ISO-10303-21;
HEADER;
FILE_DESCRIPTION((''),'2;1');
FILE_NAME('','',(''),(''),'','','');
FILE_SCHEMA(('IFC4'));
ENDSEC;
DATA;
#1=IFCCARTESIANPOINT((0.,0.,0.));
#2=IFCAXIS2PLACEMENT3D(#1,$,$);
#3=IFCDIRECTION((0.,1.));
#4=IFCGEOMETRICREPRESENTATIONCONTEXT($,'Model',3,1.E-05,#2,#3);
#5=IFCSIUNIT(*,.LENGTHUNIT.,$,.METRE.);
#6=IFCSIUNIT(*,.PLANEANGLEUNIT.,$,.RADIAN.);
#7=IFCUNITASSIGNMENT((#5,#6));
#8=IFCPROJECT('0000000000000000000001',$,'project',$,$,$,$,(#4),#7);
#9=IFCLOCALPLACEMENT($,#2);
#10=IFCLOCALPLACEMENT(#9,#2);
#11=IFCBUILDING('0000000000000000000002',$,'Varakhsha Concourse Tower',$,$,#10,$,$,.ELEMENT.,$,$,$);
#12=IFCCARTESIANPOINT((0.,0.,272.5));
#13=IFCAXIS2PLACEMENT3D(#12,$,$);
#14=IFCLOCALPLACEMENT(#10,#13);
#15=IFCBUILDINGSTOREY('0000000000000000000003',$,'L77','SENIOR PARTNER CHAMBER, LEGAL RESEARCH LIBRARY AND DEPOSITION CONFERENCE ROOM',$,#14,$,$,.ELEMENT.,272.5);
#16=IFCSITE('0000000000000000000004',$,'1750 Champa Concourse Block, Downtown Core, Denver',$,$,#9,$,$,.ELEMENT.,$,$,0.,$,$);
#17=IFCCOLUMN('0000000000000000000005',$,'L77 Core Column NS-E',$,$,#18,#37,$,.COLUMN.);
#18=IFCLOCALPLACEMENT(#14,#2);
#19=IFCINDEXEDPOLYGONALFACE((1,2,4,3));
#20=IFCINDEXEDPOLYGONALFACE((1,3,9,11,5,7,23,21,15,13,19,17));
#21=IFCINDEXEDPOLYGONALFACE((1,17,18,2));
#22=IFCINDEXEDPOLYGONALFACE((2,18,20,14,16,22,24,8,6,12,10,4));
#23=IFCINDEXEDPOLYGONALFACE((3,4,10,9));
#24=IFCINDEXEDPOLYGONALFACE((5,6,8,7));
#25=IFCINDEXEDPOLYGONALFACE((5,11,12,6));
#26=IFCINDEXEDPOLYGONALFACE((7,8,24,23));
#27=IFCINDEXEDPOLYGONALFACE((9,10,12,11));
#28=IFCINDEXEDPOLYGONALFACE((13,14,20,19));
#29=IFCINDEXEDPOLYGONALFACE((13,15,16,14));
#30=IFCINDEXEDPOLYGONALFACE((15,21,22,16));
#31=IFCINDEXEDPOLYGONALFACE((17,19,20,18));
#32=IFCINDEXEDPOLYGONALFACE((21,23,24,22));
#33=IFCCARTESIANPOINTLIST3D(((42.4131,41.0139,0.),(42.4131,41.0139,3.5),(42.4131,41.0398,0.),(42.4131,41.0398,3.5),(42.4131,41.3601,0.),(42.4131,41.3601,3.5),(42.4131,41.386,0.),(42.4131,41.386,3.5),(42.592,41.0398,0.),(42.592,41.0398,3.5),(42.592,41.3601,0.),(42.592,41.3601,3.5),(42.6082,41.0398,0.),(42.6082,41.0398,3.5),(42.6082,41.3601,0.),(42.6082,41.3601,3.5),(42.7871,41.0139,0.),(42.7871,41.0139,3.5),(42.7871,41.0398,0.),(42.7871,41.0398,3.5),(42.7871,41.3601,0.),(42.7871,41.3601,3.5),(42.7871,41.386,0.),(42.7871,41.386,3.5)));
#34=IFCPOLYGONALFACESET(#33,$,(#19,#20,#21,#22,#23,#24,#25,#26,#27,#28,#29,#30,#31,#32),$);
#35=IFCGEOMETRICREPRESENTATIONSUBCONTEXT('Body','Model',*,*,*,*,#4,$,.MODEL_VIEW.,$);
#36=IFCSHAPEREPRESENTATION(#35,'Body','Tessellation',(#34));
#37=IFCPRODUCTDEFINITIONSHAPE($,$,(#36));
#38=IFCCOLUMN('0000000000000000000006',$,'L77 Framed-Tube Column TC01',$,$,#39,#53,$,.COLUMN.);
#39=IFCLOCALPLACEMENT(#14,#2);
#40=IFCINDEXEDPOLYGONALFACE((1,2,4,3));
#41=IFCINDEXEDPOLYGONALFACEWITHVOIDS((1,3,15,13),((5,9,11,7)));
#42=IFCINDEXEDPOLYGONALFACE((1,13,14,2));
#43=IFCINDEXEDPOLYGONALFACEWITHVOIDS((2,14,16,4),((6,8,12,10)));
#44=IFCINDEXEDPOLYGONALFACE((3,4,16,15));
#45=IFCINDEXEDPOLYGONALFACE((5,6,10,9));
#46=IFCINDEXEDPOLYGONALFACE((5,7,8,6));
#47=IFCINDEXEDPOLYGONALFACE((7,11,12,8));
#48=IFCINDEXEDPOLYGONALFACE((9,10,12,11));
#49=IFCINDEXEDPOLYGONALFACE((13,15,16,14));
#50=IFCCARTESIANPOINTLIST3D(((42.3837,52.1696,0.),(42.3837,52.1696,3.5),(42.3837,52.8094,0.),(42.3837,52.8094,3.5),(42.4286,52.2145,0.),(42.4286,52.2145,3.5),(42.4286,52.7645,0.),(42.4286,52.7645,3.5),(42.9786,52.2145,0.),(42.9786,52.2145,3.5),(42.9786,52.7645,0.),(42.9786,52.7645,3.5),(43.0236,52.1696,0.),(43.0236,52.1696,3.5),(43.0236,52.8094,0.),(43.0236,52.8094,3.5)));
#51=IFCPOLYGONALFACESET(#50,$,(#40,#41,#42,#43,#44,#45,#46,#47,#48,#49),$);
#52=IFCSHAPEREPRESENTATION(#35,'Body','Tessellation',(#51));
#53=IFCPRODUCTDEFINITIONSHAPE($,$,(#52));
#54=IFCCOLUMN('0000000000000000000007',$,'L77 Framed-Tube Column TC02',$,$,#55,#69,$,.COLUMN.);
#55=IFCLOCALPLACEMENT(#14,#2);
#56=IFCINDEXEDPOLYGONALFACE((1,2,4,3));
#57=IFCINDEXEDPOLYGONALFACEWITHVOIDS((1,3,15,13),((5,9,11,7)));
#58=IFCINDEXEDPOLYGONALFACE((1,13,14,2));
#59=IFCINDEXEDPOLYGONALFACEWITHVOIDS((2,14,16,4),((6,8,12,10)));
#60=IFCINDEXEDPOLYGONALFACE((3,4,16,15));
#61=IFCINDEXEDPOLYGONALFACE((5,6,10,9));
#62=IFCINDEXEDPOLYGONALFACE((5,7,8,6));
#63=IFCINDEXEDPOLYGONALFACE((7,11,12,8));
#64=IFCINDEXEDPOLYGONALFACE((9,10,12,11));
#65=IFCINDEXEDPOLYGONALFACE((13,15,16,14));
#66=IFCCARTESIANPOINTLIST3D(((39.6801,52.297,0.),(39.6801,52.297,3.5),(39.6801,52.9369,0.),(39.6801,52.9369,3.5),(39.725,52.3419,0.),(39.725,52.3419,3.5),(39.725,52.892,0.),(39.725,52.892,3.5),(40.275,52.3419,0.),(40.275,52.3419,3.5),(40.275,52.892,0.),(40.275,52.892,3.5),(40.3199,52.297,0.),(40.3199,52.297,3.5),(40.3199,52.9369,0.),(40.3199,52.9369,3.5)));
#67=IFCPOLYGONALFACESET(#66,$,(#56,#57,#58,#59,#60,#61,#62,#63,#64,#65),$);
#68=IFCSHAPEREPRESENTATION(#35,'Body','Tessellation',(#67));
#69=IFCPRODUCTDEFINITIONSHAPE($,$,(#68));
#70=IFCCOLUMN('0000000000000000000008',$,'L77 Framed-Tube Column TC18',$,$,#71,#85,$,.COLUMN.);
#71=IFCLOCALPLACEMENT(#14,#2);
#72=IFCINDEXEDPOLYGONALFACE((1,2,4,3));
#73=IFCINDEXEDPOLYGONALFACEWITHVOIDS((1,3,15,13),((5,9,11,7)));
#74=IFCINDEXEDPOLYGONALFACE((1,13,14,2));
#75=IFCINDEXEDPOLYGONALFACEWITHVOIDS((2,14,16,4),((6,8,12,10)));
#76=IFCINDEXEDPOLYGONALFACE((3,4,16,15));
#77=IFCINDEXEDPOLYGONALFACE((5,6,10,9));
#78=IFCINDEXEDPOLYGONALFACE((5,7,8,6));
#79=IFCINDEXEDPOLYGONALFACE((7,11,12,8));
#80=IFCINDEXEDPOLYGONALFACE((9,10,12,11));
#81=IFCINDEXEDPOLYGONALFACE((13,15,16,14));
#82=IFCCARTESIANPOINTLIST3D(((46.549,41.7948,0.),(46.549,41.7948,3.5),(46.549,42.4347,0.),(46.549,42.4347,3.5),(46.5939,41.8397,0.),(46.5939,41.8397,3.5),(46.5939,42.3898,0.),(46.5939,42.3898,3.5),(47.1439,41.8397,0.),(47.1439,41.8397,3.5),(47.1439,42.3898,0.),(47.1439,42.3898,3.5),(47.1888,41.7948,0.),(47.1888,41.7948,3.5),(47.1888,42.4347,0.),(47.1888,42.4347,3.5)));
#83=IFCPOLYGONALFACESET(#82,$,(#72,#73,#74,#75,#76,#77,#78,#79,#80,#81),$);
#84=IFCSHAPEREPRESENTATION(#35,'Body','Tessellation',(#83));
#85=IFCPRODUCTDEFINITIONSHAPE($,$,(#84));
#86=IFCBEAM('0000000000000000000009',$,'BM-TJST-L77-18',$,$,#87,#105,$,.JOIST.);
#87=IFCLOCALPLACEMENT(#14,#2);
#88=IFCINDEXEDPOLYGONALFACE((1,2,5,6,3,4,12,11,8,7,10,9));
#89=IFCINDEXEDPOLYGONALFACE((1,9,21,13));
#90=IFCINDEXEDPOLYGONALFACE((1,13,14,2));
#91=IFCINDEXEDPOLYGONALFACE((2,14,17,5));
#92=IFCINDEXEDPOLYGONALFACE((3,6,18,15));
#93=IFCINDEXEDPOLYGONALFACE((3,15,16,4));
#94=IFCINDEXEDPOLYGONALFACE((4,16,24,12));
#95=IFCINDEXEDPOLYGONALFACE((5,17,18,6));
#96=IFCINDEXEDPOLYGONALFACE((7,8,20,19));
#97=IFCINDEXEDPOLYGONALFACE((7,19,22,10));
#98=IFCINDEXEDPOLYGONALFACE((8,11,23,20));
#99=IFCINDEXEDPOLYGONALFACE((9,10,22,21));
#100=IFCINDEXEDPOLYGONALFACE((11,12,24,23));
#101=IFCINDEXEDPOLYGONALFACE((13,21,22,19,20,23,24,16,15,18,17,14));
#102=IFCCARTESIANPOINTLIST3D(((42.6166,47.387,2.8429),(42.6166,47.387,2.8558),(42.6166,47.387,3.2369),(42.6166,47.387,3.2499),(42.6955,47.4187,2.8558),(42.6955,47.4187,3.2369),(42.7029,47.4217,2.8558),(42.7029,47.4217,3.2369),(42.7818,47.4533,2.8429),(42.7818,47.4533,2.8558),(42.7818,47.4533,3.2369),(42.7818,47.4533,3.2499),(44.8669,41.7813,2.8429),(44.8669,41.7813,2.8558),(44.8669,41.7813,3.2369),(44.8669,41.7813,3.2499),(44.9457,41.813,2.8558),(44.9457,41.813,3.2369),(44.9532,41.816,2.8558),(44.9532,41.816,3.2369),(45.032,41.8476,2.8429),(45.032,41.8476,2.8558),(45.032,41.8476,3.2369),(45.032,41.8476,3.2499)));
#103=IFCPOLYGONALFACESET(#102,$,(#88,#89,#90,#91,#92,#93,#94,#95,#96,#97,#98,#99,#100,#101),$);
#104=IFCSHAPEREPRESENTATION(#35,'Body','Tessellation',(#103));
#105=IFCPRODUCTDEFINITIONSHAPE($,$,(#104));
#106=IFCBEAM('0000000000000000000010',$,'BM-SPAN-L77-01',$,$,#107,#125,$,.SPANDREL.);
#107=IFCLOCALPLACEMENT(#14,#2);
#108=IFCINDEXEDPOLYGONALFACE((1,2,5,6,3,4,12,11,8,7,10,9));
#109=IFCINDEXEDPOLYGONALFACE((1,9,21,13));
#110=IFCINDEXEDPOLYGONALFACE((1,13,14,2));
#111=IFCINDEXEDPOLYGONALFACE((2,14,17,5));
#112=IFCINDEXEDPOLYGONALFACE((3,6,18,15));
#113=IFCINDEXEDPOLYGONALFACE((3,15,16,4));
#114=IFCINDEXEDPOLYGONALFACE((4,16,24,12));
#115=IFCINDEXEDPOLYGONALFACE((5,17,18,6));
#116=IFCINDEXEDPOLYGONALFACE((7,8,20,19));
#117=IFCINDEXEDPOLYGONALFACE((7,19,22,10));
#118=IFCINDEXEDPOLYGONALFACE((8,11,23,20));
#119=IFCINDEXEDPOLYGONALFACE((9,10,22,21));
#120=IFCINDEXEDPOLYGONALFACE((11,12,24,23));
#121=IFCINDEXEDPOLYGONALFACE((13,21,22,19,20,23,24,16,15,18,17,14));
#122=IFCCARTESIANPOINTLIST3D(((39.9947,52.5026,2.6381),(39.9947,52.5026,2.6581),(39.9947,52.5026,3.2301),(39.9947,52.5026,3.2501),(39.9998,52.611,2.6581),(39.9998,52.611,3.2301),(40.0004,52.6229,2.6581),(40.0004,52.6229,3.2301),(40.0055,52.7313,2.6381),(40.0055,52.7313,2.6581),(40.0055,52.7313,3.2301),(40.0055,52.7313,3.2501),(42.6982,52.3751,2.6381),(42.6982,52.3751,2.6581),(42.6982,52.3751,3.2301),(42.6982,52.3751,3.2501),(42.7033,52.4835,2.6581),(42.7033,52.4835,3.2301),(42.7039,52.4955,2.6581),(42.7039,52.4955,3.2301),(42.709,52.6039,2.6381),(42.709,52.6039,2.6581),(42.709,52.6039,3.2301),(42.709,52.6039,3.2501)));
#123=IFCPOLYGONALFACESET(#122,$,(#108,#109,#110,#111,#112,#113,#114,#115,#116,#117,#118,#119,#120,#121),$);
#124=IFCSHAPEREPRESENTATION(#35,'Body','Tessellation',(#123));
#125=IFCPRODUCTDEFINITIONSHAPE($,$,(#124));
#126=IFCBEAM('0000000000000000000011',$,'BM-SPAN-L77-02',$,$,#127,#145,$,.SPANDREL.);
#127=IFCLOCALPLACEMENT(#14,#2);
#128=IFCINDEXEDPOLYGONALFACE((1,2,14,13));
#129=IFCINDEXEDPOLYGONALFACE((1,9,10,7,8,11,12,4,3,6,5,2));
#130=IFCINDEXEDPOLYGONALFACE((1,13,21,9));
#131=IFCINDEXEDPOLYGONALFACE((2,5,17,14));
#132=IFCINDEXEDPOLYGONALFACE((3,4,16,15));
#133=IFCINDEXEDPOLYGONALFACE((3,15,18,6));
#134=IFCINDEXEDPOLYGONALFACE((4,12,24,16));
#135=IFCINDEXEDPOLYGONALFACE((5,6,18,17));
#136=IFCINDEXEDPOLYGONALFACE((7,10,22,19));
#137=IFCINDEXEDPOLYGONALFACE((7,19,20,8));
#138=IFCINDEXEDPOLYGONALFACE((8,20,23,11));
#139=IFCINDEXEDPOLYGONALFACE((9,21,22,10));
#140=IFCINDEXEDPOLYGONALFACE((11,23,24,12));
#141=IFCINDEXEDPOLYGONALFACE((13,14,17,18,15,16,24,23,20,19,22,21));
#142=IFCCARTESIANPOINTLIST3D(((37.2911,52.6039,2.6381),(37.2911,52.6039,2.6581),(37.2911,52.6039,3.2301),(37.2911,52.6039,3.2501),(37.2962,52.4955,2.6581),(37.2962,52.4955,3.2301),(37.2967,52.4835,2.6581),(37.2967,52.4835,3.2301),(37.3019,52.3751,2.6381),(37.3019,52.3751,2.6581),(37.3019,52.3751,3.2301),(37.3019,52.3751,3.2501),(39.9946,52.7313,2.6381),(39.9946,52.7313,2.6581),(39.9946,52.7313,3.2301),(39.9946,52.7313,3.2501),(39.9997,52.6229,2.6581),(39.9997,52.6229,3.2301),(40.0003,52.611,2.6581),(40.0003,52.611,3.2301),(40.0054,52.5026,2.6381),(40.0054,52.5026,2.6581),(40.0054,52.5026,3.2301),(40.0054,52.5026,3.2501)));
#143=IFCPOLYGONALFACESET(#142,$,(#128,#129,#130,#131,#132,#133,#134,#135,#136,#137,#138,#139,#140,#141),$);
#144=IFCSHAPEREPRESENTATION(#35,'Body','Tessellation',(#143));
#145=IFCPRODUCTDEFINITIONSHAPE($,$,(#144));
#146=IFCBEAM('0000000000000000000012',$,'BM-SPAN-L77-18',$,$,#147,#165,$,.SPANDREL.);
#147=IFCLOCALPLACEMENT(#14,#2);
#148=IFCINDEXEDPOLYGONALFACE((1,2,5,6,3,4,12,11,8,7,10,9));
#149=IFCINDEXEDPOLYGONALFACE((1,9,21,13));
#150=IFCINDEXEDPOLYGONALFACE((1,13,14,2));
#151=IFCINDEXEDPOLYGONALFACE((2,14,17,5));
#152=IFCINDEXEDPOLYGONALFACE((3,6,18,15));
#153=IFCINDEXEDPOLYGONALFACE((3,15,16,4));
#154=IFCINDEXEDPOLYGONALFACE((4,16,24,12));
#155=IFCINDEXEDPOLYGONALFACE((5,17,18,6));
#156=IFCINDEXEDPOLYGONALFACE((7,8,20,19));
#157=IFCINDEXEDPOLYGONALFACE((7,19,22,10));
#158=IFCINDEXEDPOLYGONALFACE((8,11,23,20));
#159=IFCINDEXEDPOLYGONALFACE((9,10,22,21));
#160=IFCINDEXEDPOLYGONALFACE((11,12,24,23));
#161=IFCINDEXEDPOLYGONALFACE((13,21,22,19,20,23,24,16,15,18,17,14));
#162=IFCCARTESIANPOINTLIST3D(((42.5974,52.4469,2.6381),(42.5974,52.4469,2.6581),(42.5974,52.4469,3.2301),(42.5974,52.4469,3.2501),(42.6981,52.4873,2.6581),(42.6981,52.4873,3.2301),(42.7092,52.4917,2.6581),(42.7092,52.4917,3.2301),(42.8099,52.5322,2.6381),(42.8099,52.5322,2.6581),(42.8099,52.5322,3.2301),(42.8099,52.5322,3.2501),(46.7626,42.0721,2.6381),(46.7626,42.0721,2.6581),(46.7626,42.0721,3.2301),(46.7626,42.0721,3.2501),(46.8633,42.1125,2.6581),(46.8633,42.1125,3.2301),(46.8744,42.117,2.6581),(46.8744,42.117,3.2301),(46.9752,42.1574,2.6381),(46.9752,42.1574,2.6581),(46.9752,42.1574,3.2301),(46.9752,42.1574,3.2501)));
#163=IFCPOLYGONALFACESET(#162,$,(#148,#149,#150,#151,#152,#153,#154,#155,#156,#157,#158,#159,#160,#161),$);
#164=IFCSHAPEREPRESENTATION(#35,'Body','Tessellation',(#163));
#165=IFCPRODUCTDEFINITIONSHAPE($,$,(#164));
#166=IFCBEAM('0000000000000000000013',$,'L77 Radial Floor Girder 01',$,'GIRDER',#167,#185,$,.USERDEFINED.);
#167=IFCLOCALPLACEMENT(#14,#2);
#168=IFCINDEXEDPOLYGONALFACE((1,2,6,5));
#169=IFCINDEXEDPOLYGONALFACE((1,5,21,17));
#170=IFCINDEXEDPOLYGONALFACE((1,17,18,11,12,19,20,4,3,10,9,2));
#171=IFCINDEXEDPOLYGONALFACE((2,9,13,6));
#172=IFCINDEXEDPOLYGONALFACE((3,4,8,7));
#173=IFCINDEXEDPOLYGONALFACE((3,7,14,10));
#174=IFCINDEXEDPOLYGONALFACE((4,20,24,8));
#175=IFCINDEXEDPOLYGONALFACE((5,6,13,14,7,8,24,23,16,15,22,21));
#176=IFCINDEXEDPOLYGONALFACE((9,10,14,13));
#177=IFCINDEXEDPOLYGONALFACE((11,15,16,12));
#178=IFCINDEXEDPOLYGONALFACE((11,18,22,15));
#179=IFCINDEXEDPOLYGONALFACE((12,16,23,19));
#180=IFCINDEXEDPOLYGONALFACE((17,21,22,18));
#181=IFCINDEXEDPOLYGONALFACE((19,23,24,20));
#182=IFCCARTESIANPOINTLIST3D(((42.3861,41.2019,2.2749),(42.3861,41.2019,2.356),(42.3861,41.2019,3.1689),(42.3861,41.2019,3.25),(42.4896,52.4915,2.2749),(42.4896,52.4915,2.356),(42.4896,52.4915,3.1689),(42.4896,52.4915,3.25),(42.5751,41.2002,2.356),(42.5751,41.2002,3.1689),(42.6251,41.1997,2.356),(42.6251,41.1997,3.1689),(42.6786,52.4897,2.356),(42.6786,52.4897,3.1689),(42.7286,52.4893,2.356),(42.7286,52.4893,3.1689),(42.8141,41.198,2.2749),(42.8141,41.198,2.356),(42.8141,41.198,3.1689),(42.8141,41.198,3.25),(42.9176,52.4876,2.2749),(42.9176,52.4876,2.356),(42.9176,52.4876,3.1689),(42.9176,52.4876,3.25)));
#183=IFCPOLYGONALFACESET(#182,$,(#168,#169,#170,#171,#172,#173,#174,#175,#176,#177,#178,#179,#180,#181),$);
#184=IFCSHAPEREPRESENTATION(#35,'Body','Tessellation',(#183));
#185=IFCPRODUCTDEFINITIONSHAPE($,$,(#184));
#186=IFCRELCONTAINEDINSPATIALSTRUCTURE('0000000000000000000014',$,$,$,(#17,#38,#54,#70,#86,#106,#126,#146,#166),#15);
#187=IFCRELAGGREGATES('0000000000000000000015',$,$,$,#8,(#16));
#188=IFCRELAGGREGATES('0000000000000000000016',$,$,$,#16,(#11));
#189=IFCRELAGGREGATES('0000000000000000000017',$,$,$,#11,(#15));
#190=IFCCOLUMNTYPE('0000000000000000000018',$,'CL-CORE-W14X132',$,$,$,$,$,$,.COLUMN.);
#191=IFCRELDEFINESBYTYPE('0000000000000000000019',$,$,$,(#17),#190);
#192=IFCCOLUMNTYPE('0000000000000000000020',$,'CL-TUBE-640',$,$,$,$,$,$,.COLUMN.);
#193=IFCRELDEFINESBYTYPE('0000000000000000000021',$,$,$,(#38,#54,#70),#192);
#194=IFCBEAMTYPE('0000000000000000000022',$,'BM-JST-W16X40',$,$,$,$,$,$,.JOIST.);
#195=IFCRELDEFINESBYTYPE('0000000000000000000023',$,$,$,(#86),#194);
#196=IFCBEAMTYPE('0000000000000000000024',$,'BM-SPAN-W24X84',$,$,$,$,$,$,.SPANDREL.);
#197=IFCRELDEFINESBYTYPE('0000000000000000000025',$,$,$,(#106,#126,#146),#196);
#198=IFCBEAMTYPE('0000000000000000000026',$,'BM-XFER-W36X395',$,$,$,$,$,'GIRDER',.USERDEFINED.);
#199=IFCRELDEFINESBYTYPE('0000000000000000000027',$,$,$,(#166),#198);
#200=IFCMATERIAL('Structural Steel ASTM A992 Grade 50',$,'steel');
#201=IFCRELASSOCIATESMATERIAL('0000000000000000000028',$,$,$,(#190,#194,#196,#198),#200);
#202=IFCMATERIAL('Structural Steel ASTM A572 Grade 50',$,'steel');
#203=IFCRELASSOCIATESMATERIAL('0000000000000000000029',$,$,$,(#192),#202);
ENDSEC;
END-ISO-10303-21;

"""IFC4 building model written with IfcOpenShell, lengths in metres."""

from ifc_helpers import new_model, si_unit, direction, frame, origin, origin_2d, place, context, subcontext, project, spatial, hollow_rectangle, i_section, extrude, material, material_profile, profile_set, type_object, element, save


model = new_model("IFC4")

# Units and contexts
model_context = context("Model", 3, precision=1e-05, world=origin(), true_north=direction((0.0, 1.0)))
body_context = subcontext(model_context, "Body", "Model", "MODEL_VIEW")
ifc_project = project(units=[si_unit("LENGTHUNIT", "METRE"), si_unit("PLANEANGLEUNIT", "RADIAN")], contexts=[model_context])

# Site, building, storey
site_placement = place(None, origin())
site = spatial("IfcSite", under=ifc_project, at=site_placement, Name="1750 Champa Concourse Block, Downtown Core, Denver", CompositionType="ELEMENT", RefElevation=0.0)
building_placement = place(site_placement, origin())
building = spatial("IfcBuilding", under=site, at=building_placement, Name="Varakhsha Concourse Tower", CompositionType="ELEMENT")
storey_placement = place(building_placement, frame((0.0, 0.0, 272.5)))
storey = spatial("IfcBuildingStorey", under=building, at=storey_placement, Name="L77", Description="SENIOR PARTNER CHAMBER, LEGAL RESEARCH LIBRARY AND DEPOSITION CONFERENCE ROOM", CompositionType="ELEMENT", Elevation=272.5)

# Columns
ifc_material_1 = material(Name="Structural Steel ASTM A992 Grade 50", Category="steel")
ifc_material_profile_1 = material_profile(ifc_material_1, i_section(OverallWidth=0.374, OverallDepth=0.3721, WebThickness=0.0161, FlangeThickness=0.0259, at=origin_2d()), Name="W14X132")
ifc_profile_set_1 = profile_set([ifc_material_profile_1], Name="Structural Steel ASTM A992 Grade 50")
column_type_1 = type_object("IfcColumnType", Name="CL-CORE-W14X132", PredefinedType="COLUMN", material=ifc_profile_set_1)
column_placement = place(storey_placement, frame((42.6001, 41.2, 0.0), z_axis=(0.0, 0.0, 1.0), x_axis=(1.0, 0.0, 0.0)))
element("IfcColumn", 1, at=column_placement, inside=storey, type_object=column_type_1, Name="L77 Core Column NS-E", PredefinedType="COLUMN", context=body_context, shape_type="SweptSolid", body=[
    extrude(i_section(OverallWidth=0.374, OverallDepth=0.3721, WebThickness=0.0161, FlangeThickness=0.0259, at=origin_2d()), origin(), (0.0, 0.0, 1.0), 3.5),
])
ifc_material_2 = material(Name="Structural Steel ASTM A572 Grade 50", Category="steel")
ifc_material_profile_2 = material_profile(ifc_material_2, hollow_rectangle(XDim=0.6399, YDim=0.6399, WallThickness=0.0449, at=origin_2d()), Name="BOX 640x640x45")
ifc_profile_set_2 = profile_set([ifc_material_profile_2], Name="Structural Steel ASTM A572 Grade 50")
column_type_2 = type_object("IfcColumnType", Name="CL-TUBE-640", PredefinedType="COLUMN", material=ifc_profile_set_2)
for number, where, z_axis, x_axis, name in (
    (2, (42.7036, 52.4895, 0.0), (0.0, 0.0, 1.0), (1.0, 0.0, 0.0), "L77 Framed-Tube Column TC01"),
    (3, (40.0, 52.6169, 0.0), (0.0, 0.0, 1.0), (1.0, 0.0, 0.0), "L77 Framed-Tube Column TC02"),
    (4, (46.8689, 42.1147, 0.0), (0.0, 0.0, 1.0), (1.0, 0.0, 0.0), "L77 Framed-Tube Column TC18"),
):
    element("IfcColumn", number, at=place(storey_placement, frame(where, z_axis=z_axis, x_axis=x_axis)), inside=storey, type_object=column_type_2, Name=name, PredefinedType="COLUMN", context=body_context, shape_type="SweptSolid", body=[
        extrude(hollow_rectangle(XDim=0.6399, YDim=0.6399, WallThickness=0.0449, at=origin_2d()), origin(), (0.0, 0.0, 1.0), 3.5),
    ])

# Beams
ifc_material_profile_3 = material_profile(ifc_material_1, i_section(OverallWidth=0.178, OverallDepth=0.407, WebThickness=0.0081, FlangeThickness=0.0129, at=origin_2d()), Name="W16X40")
ifc_profile_set_3 = profile_set([ifc_material_profile_3], Name="Structural Steel ASTM A992 Grade 50")
beam_type_1 = type_object("IfcBeamType", Name="BM-JST-W16X40", PredefinedType="JOIST", material=ifc_profile_set_3)
beam_1_placement = place(storey_placement, frame((44.9495, 41.8145, 3.0464), z_axis=(-0.372526, 0.928022, 0.0), x_axis=(-0.928022, -0.372526, 0.0)))
element("IfcBeam", 5, at=beam_1_placement, inside=storey, type_object=beam_type_1, Name="BM-TJST-L77-18", PredefinedType="JOIST", context=body_context, shape_type="SweptSolid", body=[
    extrude(i_section(OverallWidth=0.178, OverallDepth=0.407, WebThickness=0.0081, FlangeThickness=0.0129, at=origin_2d()), origin(), (0.0, 0.0, 1.0), 6.0405),
])
ifc_material_profile_4 = material_profile(ifc_material_1, i_section(OverallWidth=0.229, OverallDepth=0.6121, WebThickness=0.012, FlangeThickness=0.02, at=origin_2d()), Name="W24X84")
ifc_profile_set_4 = profile_set([ifc_material_profile_4], Name="Structural Steel ASTM A992 Grade 50")
beam_type_2 = type_object("IfcBeamType", Name="BM-SPAN-W24X84", PredefinedType="SPANDREL", material=ifc_profile_set_4)
for number, where, z_axis, x_axis, name in (
    (6, (42.7036, 52.4895, 2.9441), (-0.998891, 0.047085, 0.0), (-0.047085, -0.998891, 0.0), "BM-SPAN-L77-01"),
    (7, (40.0, 52.6169, 2.9441), (-0.998891, -0.047085, 0.0), (0.047085, -0.998891, 0.0), "BM-SPAN-L77-02"),
):
    element("IfcBeam", number, at=place(storey_placement, frame(where, z_axis=z_axis, x_axis=x_axis)), inside=storey, type_object=beam_type_2, Name=name, PredefinedType="SPANDREL", context=body_context, shape_type="SweptSolid", body=[
        extrude(i_section(OverallWidth=0.229, OverallDepth=0.6121, WebThickness=0.012, FlangeThickness=0.02, at=origin_2d()), origin(), (0.0, 0.0, 1.0), 2.7065),
    ])
beam_2_placement = place(storey_placement, frame((46.8689, 42.1147, 2.9441), z_axis=(-0.372576, 0.928002, 0.0), x_axis=(-0.928002, -0.372576, 0.0)))
element("IfcBeam", 8, at=beam_2_placement, inside=storey, type_object=beam_type_2, Name="BM-SPAN-L77-18", PredefinedType="SPANDREL", context=body_context, shape_type="SweptSolid", body=[
    extrude(i_section(OverallWidth=0.229, OverallDepth=0.6121, WebThickness=0.012, FlangeThickness=0.02, at=origin_2d()), origin(), (0.0, 0.0, 1.0), 11.1797),
])
ifc_material_profile_5 = material_profile(ifc_material_1, i_section(OverallWidth=0.428, OverallDepth=0.9751, WebThickness=0.05, FlangeThickness=0.0811, at=origin_2d()), Name="W36X395")
ifc_profile_set_5 = profile_set([ifc_material_profile_5], Name="Structural Steel ASTM A992 Grade 50")
beam_type_3 = type_object("IfcBeamType", Name="BM-XFER-W36X395", ElementType="GIRDER", PredefinedType="USERDEFINED", material=ifc_profile_set_5)
beam_3_placement = place(storey_placement, frame((42.6001, 41.2, 2.7625), z_axis=(0.009169, 0.999958, 0.0), x_axis=(-0.999958, 0.009169, 0.0)))
element("IfcBeam", 9, at=beam_3_placement, inside=storey, type_object=beam_type_3, Name="L77 Radial Floor Girder 01", ObjectType="GIRDER", PredefinedType="USERDEFINED", context=body_context, shape_type="SweptSolid", body=[
    extrude(i_section(OverallWidth=0.428, OverallDepth=0.9751, WebThickness=0.05, FlangeThickness=0.0811, at=origin_2d()), origin(), (0.0, 0.0, 1.0), 11.29),
])

save(model, "model.ifc")
